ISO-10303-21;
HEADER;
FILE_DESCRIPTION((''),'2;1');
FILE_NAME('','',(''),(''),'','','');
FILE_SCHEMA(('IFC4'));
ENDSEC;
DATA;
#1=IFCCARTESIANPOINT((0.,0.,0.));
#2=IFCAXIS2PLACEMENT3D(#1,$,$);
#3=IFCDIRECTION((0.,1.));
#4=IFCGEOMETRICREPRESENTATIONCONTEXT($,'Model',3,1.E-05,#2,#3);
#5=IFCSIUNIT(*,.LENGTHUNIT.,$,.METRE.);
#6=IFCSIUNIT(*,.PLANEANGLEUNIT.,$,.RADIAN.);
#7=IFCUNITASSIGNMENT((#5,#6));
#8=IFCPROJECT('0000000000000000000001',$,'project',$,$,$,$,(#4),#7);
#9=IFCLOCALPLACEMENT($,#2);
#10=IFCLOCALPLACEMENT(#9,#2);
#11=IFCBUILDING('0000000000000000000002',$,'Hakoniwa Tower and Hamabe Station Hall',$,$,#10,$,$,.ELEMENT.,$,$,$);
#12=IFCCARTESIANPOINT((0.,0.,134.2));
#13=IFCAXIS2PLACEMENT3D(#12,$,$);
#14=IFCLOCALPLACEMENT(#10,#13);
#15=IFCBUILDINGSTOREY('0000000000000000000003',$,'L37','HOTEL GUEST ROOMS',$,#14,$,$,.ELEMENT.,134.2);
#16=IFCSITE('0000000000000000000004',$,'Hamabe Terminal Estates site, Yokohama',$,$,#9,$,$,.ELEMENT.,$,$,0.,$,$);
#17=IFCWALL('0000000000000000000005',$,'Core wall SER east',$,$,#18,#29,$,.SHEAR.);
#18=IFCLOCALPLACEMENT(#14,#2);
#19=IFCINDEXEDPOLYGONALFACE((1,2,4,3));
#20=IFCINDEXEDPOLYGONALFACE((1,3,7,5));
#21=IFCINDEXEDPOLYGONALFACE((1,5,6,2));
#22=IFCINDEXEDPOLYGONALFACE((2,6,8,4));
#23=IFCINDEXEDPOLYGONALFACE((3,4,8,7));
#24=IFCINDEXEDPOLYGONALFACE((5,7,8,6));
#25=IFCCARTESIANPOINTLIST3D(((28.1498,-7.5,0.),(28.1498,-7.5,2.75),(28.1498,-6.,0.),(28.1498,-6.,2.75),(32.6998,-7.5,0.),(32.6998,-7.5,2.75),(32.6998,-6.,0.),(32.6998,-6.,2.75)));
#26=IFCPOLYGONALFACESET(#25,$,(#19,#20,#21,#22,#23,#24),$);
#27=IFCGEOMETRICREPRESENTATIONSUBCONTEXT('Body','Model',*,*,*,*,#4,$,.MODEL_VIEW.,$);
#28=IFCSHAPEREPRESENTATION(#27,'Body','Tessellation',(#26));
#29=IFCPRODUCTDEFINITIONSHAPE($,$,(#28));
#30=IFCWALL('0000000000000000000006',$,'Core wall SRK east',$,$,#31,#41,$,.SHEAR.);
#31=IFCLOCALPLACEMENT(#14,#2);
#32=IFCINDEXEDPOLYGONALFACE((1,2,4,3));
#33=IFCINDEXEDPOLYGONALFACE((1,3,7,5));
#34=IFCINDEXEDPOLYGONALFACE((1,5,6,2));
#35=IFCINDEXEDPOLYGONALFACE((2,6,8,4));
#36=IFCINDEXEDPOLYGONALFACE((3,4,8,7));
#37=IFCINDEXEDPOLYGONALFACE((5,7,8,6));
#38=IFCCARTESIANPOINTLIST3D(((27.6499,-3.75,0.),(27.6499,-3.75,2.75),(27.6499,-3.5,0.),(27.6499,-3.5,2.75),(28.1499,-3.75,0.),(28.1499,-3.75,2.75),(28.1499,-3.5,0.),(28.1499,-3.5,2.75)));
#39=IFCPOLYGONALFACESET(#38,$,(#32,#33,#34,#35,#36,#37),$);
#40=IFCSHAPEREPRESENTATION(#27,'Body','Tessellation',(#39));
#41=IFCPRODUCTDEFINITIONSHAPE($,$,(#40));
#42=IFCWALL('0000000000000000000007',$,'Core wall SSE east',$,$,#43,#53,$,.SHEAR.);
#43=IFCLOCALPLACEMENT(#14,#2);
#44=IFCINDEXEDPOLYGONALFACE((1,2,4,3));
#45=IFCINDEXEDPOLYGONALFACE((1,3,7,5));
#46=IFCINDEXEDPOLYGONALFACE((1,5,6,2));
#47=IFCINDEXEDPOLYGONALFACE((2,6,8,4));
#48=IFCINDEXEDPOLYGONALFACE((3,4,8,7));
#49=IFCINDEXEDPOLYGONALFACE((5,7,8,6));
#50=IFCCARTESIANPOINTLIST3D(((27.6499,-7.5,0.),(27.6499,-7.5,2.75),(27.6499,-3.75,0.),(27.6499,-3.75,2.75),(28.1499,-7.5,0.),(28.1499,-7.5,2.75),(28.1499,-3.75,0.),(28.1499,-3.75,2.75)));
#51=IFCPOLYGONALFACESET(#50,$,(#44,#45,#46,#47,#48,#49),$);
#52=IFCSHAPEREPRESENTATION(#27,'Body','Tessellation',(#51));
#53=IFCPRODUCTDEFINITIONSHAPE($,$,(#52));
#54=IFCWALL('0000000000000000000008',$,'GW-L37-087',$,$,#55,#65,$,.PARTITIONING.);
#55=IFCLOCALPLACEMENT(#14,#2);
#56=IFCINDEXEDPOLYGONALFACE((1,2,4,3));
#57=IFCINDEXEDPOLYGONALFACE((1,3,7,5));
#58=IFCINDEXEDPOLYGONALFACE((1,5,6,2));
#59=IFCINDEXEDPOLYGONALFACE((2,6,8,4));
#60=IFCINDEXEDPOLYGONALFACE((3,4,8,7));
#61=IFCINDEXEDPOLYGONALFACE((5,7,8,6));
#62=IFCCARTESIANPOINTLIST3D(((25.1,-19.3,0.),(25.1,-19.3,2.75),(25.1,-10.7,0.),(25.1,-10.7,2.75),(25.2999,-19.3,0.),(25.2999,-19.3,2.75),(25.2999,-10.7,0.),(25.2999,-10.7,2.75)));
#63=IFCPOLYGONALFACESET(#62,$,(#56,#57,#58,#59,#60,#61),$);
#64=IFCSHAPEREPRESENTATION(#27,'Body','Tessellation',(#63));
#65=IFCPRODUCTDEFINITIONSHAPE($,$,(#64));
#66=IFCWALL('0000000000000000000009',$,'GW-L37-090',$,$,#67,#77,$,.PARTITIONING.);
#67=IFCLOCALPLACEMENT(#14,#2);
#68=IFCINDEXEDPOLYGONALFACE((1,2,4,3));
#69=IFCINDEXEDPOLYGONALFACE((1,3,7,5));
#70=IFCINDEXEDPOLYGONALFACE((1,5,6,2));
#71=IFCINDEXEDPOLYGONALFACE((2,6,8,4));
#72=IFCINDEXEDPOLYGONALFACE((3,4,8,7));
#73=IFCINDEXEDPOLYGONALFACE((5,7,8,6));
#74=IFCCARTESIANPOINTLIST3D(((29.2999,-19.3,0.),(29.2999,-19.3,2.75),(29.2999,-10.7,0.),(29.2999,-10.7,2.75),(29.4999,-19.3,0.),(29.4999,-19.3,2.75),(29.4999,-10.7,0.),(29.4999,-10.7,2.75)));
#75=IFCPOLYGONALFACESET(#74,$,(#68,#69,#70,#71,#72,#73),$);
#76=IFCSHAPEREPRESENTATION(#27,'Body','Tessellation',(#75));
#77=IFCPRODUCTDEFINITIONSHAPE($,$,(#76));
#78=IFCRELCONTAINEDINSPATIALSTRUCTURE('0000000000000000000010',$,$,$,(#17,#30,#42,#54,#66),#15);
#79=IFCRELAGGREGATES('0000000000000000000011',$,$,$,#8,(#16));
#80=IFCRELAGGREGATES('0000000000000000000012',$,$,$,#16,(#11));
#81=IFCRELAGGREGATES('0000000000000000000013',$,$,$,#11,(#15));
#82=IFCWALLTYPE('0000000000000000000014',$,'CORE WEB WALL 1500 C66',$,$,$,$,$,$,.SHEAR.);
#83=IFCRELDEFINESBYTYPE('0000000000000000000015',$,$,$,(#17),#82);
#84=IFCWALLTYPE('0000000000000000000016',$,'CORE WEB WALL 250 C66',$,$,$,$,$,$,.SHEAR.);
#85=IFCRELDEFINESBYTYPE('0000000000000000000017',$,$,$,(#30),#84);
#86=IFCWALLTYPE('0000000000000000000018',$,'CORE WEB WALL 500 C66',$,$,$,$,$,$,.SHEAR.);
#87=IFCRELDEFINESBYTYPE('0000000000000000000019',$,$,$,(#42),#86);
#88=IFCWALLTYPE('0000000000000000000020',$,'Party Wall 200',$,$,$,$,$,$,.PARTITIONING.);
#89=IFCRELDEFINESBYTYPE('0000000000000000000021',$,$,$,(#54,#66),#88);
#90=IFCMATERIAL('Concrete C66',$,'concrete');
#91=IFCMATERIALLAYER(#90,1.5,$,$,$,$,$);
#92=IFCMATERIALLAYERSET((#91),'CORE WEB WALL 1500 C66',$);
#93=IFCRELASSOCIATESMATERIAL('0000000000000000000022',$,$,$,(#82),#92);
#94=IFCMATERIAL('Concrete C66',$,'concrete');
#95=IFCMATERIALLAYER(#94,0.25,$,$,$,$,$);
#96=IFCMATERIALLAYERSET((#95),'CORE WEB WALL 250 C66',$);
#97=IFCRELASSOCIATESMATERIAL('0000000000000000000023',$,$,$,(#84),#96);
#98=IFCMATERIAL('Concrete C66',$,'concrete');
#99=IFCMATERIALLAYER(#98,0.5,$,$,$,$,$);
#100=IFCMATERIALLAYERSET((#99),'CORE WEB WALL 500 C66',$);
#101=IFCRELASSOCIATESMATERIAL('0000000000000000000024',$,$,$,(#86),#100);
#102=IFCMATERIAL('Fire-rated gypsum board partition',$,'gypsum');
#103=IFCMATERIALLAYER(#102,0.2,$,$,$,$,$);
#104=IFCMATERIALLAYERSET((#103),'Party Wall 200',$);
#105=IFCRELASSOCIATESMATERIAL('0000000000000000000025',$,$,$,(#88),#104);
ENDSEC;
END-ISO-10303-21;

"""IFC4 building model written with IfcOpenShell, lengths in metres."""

from ifc_helpers import new_model, si_unit, direction, frame, frame_2d, origin, place, context, subcontext, project, spatial, rectangle, extrude, material, layer, layer_set, type_object, element, save


model = new_model("IFC4")

# Units and contexts
model_context = context("Model", 3, precision=1e-05, world=origin(), true_north=direction((0.0, 1.0)))
body_context = subcontext(model_context, "Body", "Model", "MODEL_VIEW")
ifc_project = project(units=[si_unit("LENGTHUNIT", "METRE"), si_unit("PLANEANGLEUNIT", "RADIAN")], contexts=[model_context])

# Site, building, storey
site_placement = place(None, origin())
site = spatial("IfcSite", under=ifc_project, at=site_placement, Name="Hamabe Terminal Estates site, Yokohama", CompositionType="ELEMENT", RefElevation=0.0)
building_placement = place(site_placement, origin())
building = spatial("IfcBuilding", under=site, at=building_placement, Name="Hakoniwa Tower and Hamabe Station Hall", CompositionType="ELEMENT")
storey_placement = place(building_placement, frame((0.0, 0.0, 134.2)))
storey = spatial("IfcBuildingStorey", under=building, at=storey_placement, Name="L37", Description="HOTEL GUEST ROOMS", CompositionType="ELEMENT", Elevation=134.2)

# Walls
ifc_material_1 = material(Name="Concrete C66", Category="concrete")
ifc_layer_1 = layer(ifc_material_1, 1.5)
ifc_layer_set_1 = layer_set([ifc_layer_1], Name="CORE WEB WALL 1500 C66")
wall_type_1 = type_object("IfcWallType", Name="CORE WEB WALL 1500 C66", PredefinedType="SHEAR", material=ifc_layer_set_1)
wall_1_placement = place(storey_placement, frame((28.1499, -6.75, 0.0), z_axis=(0.0, 0.0, 1.0), x_axis=(1.0, 0.0, 0.0)))
element("IfcWall", 1, at=wall_1_placement, inside=storey, type_object=wall_type_1, Name="Core wall SER east", PredefinedType="SHEAR", context=body_context, shape_type="SweptSolid", body=[
    extrude(rectangle(XDim=4.55, YDim=1.5, at=frame_2d((2.2749, 0.0))), origin(), (0.0, 0.0, 1.0), 2.75),
])
ifc_material_2 = material(Name="Concrete C66", Category="concrete")
ifc_layer_2 = layer(ifc_material_2, 0.25)
ifc_layer_set_2 = layer_set([ifc_layer_2], Name="CORE WEB WALL 250 C66")
wall_type_2 = type_object("IfcWallType", Name="CORE WEB WALL 250 C66", PredefinedType="SHEAR", material=ifc_layer_set_2)
wall_2_placement = place(storey_placement, frame((27.6499, -3.625, 0.0), z_axis=(0.0, 0.0, 1.0), x_axis=(1.0, 0.0, 0.0)))
element("IfcWall", 2, at=wall_2_placement, inside=storey, type_object=wall_type_2, Name="Core wall SRK east", PredefinedType="SHEAR", context=body_context, shape_type="SweptSolid", body=[
    extrude(rectangle(XDim=0.5, YDim=0.25, at=frame_2d((0.25, 0.0))), origin(), (0.0, 0.0, 1.0), 2.75),
])
ifc_material_3 = material(Name="Concrete C66", Category="concrete")
ifc_layer_3 = layer(ifc_material_3, 0.5)
ifc_layer_set_3 = layer_set([ifc_layer_3], Name="CORE WEB WALL 500 C66")
wall_type_3 = type_object("IfcWallType", Name="CORE WEB WALL 500 C66", PredefinedType="SHEAR", material=ifc_layer_set_3)
wall_3_placement = place(storey_placement, frame((27.8999, -7.5, 0.0), z_axis=(0.0, 0.0, 1.0), x_axis=(0.0, 1.0, 0.0)))
element("IfcWall", 3, at=wall_3_placement, inside=storey, type_object=wall_type_3, Name="Core wall SSE east", PredefinedType="SHEAR", context=body_context, shape_type="SweptSolid", body=[
    extrude(rectangle(XDim=3.75, YDim=0.5, at=frame_2d((1.875, 0.0))), origin(), (0.0, 0.0, 1.0), 2.75),
])
ifc_material_4 = material(Name="Fire-rated gypsum board partition", Category="gypsum")
ifc_layer_4 = layer(ifc_material_4, 0.2)
ifc_layer_set_4 = layer_set([ifc_layer_4], Name="Party Wall 200")
wall_type_4 = type_object("IfcWallType", Name="Party Wall 200", PredefinedType="PARTITIONING", material=ifc_layer_set_4)
for number, where, z_axis, x_axis, name in (
    (4, (25.2, -19.3, 0.0), (0.0, 0.0, 1.0), (0.0, 1.0, 0.0), "GW-L37-087"),
    (5, (29.3999, -19.3, 0.0), (0.0, 0.0, 1.0), (0.0, 1.0, 0.0), "GW-L37-090"),
):
    element("IfcWall", number, at=place(storey_placement, frame(where, z_axis=z_axis, x_axis=x_axis)), inside=storey, type_object=wall_type_4, Name=name, PredefinedType="PARTITIONING", context=body_context, shape_type="SweptSolid", body=[
        extrude(rectangle(XDim=8.6001, YDim=0.2, at=frame_2d((4.3, 0.0))), origin(), (0.0, 0.0, 1.0), 2.75),
    ])

save(model, "model.ifc")
